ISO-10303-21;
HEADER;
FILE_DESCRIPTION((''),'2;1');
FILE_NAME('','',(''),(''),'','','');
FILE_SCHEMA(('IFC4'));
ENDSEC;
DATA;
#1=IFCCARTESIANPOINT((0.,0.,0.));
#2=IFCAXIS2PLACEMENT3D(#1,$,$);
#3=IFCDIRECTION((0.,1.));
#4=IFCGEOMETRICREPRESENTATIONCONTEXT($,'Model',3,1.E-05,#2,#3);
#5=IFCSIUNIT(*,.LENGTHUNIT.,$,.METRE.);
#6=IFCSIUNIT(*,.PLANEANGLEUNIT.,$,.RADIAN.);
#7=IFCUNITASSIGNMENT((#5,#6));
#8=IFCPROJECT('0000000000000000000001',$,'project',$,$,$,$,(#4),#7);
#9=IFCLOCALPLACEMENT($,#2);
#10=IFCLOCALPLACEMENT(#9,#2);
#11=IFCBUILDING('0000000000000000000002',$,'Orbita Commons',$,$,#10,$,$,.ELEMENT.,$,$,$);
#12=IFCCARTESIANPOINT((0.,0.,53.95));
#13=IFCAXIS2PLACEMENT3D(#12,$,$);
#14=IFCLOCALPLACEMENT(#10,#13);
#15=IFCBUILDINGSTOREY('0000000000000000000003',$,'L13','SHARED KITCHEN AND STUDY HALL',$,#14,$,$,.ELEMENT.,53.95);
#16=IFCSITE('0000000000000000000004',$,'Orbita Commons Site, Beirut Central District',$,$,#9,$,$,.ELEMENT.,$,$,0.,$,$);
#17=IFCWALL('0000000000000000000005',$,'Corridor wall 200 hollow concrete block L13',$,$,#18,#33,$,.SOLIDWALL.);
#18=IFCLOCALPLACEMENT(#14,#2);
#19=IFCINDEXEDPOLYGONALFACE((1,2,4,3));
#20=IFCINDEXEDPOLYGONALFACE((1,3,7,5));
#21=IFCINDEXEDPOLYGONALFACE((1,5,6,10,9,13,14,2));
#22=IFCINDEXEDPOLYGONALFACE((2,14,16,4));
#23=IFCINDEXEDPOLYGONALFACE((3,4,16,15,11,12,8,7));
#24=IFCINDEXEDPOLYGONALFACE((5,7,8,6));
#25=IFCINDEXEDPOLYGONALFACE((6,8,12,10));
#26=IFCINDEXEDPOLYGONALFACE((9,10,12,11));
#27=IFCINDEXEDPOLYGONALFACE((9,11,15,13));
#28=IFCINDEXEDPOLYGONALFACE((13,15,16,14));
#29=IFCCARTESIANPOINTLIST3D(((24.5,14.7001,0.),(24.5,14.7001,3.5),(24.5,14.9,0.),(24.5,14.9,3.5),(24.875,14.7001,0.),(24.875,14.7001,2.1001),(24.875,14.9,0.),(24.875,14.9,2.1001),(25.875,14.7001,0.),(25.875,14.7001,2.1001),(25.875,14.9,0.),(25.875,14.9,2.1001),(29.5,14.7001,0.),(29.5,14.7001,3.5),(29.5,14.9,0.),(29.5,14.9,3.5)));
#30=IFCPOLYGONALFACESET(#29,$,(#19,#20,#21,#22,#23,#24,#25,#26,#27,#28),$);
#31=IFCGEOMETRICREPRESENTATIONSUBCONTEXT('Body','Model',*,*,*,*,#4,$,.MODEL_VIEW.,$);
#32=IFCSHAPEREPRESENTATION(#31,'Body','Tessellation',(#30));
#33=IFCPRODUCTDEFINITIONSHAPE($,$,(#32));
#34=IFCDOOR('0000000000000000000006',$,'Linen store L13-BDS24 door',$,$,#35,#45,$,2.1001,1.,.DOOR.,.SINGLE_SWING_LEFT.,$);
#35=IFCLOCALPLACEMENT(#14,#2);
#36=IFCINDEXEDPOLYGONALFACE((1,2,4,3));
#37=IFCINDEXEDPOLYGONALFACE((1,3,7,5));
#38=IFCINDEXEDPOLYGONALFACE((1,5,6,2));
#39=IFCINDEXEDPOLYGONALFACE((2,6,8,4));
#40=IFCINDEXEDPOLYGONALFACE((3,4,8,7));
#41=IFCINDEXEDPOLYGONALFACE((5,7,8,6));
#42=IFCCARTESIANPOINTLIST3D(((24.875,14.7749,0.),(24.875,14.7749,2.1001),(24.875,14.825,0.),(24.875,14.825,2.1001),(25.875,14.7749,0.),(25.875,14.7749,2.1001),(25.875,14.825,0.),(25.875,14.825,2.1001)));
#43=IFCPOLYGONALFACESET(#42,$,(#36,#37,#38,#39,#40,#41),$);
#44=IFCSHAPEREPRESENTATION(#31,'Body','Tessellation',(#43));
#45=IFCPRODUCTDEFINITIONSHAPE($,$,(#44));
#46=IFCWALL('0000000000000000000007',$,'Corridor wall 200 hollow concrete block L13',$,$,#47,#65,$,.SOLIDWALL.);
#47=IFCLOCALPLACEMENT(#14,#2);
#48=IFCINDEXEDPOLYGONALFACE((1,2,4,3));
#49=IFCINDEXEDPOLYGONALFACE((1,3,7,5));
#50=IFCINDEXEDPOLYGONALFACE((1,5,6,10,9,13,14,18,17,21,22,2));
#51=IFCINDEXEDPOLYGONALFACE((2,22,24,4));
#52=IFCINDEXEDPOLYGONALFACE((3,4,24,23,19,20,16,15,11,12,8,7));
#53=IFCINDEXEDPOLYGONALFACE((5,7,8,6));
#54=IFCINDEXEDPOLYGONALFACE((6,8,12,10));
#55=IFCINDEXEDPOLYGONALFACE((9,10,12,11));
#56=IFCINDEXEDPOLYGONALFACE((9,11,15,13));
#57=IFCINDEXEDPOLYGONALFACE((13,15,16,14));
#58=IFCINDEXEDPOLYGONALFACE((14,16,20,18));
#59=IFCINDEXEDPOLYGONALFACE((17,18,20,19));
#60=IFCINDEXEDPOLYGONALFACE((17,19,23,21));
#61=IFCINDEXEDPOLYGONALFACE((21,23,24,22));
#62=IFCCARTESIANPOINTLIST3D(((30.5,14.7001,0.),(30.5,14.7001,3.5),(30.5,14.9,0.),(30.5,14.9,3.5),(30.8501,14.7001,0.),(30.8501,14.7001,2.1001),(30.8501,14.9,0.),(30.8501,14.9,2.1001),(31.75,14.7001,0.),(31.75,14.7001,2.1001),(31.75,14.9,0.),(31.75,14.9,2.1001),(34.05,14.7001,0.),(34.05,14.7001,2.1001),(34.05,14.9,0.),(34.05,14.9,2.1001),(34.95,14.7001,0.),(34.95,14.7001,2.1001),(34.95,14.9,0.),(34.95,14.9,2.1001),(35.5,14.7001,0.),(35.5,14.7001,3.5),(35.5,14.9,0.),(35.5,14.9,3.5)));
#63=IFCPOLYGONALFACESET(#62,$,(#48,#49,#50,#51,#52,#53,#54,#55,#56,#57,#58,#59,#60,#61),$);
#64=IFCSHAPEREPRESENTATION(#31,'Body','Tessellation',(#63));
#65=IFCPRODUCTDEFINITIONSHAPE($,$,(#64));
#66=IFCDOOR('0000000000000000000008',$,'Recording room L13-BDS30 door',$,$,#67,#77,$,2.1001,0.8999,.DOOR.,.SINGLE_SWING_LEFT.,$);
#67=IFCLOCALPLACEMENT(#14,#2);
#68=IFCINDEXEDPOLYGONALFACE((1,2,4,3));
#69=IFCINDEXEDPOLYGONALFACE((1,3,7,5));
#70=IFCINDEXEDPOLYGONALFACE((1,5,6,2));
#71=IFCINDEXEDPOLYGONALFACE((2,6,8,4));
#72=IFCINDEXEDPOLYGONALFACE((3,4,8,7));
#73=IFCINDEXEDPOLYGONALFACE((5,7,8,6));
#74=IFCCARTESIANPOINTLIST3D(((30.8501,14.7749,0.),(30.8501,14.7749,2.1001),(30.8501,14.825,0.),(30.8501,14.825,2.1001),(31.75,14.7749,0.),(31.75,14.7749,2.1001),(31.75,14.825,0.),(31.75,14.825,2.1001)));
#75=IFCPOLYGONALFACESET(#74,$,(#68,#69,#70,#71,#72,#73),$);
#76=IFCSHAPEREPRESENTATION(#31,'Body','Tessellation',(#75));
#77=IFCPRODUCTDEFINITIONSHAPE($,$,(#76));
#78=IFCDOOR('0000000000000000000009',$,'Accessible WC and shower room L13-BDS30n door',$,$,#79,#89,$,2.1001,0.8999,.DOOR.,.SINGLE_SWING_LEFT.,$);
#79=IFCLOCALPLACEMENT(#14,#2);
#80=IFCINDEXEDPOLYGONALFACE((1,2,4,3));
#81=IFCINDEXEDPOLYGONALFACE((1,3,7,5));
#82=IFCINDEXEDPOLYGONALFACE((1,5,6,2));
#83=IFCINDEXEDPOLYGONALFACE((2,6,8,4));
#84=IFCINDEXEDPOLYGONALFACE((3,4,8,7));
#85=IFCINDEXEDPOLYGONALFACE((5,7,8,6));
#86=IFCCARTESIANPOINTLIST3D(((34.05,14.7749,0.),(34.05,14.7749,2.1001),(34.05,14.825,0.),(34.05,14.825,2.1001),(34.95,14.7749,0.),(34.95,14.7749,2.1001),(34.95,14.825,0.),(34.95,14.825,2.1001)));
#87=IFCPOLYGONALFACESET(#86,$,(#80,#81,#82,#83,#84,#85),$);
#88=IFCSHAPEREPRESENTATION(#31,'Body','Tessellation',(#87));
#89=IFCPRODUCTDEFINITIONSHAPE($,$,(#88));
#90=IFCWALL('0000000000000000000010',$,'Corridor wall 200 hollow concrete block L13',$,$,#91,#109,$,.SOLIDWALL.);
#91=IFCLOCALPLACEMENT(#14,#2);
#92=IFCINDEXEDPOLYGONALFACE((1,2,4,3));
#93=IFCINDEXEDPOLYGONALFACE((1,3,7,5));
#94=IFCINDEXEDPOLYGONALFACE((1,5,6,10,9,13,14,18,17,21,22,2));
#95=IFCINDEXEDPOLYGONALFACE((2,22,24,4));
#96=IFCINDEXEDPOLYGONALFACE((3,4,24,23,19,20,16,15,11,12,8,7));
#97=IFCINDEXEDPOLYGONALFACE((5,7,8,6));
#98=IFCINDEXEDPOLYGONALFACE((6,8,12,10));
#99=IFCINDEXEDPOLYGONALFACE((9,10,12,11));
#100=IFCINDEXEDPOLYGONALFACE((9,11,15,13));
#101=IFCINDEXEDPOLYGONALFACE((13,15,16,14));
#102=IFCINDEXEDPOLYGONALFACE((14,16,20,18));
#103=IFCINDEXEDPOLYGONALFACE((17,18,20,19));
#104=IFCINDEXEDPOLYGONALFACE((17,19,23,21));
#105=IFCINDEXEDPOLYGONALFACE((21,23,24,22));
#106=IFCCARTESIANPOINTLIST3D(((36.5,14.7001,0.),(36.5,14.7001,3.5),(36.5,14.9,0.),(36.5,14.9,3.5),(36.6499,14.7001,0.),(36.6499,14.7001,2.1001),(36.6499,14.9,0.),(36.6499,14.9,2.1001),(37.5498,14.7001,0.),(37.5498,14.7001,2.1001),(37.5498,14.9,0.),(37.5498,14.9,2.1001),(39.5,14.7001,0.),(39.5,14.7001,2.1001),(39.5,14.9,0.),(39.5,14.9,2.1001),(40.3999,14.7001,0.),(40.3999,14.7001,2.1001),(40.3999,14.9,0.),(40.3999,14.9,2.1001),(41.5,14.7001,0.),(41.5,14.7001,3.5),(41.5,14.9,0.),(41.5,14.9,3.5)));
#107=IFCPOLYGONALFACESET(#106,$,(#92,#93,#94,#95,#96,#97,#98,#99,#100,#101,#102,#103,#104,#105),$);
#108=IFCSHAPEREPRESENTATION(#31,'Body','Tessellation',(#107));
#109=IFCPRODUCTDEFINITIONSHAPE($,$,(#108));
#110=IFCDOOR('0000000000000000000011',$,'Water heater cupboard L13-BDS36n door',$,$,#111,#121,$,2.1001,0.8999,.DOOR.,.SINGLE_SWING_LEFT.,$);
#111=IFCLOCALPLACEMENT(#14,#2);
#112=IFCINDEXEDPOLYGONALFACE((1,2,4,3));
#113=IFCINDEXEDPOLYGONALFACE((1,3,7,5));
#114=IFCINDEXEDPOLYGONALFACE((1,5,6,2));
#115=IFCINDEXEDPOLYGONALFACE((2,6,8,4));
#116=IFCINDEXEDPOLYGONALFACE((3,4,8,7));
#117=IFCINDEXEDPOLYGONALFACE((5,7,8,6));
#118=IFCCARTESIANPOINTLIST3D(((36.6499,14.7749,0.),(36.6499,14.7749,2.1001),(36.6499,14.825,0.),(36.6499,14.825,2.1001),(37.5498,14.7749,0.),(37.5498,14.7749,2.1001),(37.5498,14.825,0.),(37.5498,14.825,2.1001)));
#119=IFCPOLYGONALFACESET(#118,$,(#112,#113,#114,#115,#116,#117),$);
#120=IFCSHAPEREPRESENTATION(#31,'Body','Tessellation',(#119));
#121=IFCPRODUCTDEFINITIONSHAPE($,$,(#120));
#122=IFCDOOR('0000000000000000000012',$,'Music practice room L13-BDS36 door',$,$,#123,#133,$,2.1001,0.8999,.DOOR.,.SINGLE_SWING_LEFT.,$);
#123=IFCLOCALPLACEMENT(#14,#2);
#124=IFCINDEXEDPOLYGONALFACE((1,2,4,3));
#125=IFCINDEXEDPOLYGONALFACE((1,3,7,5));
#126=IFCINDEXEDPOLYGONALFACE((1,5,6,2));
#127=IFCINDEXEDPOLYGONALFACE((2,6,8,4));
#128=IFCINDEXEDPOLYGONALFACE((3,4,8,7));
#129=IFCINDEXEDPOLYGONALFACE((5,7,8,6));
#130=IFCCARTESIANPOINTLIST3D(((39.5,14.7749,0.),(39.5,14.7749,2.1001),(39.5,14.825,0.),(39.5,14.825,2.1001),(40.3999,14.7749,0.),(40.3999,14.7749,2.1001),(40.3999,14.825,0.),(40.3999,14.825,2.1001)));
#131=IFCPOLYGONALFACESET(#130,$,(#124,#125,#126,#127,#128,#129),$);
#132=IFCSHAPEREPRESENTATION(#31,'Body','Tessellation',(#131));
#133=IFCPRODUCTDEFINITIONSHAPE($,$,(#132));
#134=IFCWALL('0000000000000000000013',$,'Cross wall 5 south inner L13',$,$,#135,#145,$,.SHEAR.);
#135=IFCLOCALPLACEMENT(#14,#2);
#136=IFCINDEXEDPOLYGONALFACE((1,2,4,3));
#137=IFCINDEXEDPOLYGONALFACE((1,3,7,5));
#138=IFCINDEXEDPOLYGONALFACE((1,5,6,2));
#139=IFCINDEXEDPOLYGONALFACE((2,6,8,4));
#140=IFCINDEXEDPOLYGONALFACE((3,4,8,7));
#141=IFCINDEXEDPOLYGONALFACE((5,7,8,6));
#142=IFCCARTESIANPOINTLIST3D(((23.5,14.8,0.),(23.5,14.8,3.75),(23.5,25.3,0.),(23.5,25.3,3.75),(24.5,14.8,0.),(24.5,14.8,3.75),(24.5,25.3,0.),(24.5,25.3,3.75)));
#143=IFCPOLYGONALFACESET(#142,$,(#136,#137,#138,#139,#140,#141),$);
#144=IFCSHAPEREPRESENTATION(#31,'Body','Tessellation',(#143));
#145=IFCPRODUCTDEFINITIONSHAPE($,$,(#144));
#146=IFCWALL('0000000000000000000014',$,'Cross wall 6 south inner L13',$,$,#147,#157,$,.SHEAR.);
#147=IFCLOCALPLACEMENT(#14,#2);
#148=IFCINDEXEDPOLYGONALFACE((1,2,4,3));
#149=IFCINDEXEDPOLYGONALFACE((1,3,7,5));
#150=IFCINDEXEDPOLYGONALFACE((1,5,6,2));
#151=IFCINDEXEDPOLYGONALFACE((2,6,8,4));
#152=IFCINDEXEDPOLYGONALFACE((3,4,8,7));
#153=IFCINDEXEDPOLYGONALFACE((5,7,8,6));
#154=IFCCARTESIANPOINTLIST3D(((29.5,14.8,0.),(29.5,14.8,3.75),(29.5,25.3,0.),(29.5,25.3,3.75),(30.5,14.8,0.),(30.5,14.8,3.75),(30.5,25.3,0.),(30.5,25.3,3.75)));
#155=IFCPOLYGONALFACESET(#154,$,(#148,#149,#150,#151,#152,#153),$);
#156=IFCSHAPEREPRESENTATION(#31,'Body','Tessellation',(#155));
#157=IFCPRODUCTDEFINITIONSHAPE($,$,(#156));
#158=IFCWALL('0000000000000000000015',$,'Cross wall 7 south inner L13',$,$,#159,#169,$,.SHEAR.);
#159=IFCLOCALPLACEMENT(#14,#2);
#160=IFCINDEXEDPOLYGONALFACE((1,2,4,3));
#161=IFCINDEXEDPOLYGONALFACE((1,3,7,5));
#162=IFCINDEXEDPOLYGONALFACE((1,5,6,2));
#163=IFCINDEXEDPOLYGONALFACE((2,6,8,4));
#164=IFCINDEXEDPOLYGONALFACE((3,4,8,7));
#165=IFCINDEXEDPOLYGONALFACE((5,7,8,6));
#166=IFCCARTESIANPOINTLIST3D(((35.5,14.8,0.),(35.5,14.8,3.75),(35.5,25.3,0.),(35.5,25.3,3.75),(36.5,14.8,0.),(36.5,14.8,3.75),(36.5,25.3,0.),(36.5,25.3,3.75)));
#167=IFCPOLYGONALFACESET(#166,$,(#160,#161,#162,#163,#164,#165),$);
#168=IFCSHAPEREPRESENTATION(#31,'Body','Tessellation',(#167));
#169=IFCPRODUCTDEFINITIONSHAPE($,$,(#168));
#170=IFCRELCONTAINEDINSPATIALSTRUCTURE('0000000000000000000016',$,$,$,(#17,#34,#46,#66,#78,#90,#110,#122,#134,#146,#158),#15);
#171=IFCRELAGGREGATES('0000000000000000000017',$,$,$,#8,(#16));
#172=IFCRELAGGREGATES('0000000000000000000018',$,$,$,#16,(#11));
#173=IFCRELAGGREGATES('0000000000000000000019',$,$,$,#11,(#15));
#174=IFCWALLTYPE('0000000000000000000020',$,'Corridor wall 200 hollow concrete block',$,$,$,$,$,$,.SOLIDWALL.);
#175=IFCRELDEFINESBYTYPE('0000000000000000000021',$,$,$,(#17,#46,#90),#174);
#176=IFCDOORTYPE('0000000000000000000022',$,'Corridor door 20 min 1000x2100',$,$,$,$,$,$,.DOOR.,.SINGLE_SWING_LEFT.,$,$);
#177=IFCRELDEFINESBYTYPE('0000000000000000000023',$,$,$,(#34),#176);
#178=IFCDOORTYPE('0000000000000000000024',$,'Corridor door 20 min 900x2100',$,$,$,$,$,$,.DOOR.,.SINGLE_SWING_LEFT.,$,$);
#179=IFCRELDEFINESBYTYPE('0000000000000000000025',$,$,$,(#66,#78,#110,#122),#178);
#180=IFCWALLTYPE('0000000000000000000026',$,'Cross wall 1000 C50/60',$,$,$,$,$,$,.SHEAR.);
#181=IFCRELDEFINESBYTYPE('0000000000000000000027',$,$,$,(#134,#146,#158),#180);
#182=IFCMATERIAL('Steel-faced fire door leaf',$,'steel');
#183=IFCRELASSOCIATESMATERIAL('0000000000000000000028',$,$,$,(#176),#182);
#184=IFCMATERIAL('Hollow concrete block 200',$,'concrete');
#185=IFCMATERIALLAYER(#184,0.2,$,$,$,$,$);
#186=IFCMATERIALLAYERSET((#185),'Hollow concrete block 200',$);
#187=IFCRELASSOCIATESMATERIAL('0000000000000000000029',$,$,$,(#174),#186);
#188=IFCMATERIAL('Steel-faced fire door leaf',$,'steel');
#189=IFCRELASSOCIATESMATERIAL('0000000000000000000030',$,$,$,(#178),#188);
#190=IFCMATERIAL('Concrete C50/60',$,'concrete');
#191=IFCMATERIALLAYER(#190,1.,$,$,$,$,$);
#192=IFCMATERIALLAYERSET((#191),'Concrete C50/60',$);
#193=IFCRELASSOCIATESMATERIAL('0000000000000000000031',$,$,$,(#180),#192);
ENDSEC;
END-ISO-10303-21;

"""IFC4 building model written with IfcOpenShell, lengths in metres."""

from ifc_helpers import new_model, si_unit, direction, frame, frame_2d, origin, place, context, subcontext, project, spatial, rectangle, extrude, material, layer, layer_set, type_object, element, fill, save


model = new_model("IFC4")

# Units and contexts
model_context = context("Model", 3, precision=1e-05, world=origin(), true_north=direction((0.0, 1.0)))
body_context = subcontext(model_context, "Body", "Model", "MODEL_VIEW")
ifc_project = project(units=[si_unit("LENGTHUNIT", "METRE"), si_unit("PLANEANGLEUNIT", "RADIAN")], contexts=[model_context])

# Site, building, storey
site_placement = place(None, origin())
site = spatial("IfcSite", under=ifc_project, at=site_placement, Name="Orbita Commons Site, Beirut Central District", CompositionType="ELEMENT", RefElevation=0.0)
building_placement = place(site_placement, origin())
building = spatial("IfcBuilding", under=site, at=building_placement, Name="Orbita Commons", CompositionType="ELEMENT")
storey_placement = place(building_placement, frame((0.0, 0.0, 53.95)))
storey = spatial("IfcBuildingStorey", under=building, at=storey_placement, Name="L13", Description="SHARED KITCHEN AND STUDY HALL", CompositionType="ELEMENT", Elevation=53.95)

# Wall, opening, door
ifc_material_1 = material(Name="Steel-faced fire door leaf", Category="steel")
door_type_1 = type_object("IfcDoorType", Name="Corridor door 20 min 1000x2100", OperationType="SINGLE_SWING_LEFT", PredefinedType="DOOR", material=ifc_material_1)
ifc_material_2 = material(Name="Hollow concrete block 200", Category="concrete")
ifc_layer_1 = layer(ifc_material_2, 0.2)
ifc_layer_set_1 = layer_set([ifc_layer_1], Name="Hollow concrete block 200")
wall_type_1 = type_object("IfcWallType", Name="Corridor wall 200 hollow concrete block", PredefinedType="SOLIDWALL", material=ifc_layer_set_1)
wall_1_placement = place(storey_placement, frame((24.5, 14.8, 0.0), z_axis=(0.0, 0.0, 1.0), x_axis=(1.0, 0.0, 0.0)))
wall_1 = element("IfcWall", 1, at=wall_1_placement, inside=storey, type_object=wall_type_1, Name="Corridor wall 200 hollow concrete block L13", PredefinedType="SOLIDWALL", context=body_context, shape_type="SweptSolid", body=[
    extrude(rectangle(XDim=5.0, YDim=0.2, at=frame_2d((2.5, 0.0))), origin(), (0.0, 0.0, 1.0), 3.5),
])
opening_1_placement = place(wall_1_placement, frame((0.375, 0.0, 0.0)))
opening_1 = element("IfcOpeningElement", 2, at=opening_1_placement, cuts=wall_1, PredefinedType="OPENING", context=body_context, shape_type="SweptSolid", body=[
    extrude(rectangle(XDim=1.0, YDim=2.1001, at=frame_2d((0.5, 1.05))), frame((0.0, 0.1099, 0.0), z_axis=(0.0, -1.0, 0.0), x_axis=(1.0, 0.0, 0.0)), (0.0, 0.0, 1.0), 0.22),
])
door_1_placement = place(opening_1_placement, origin())
door_1 = element("IfcDoor", 3, at=door_1_placement, inside=storey, type_object=door_type_1, Name="Linen store L13-BDS24 door", OperationType="SINGLE_SWING_LEFT", OverallHeight=2.1001, OverallWidth=1.0, PredefinedType="DOOR", context=body_context, shape_type="SweptSolid", body=[
    extrude(rectangle(XDim=1.0, YDim=2.1001, at=frame_2d((0.5, 1.05))), frame((0.0, 0.0249, 0.0), z_axis=(0.0, -1.0, 0.0), x_axis=(1.0, 0.0, 0.0)), (0.0, 0.0, 1.0), 0.05),
])
fill(opening_1, door_1)

# Walls, openings, doors
wall_2_placement = place(storey_placement, frame((30.5, 14.8, 0.0), z_axis=(0.0, 0.0, 1.0), x_axis=(1.0, 0.0, 0.0)))
wall_2 = element("IfcWall", 4, at=wall_2_placement, inside=storey, type_object=wall_type_1, Name="Corridor wall 200 hollow concrete block L13", PredefinedType="SOLIDWALL", context=body_context, shape_type="SweptSolid", body=[
    extrude(rectangle(XDim=5.0, YDim=0.2, at=frame_2d((2.5, 0.0))), origin(), (0.0, 0.0, 1.0), 3.5),
])
opening_2_placement = place(wall_2_placement, frame((0.3501, 0.0, 0.0)))
opening_2 = element("IfcOpeningElement", 5, at=opening_2_placement, cuts=wall_2, PredefinedType="OPENING", context=body_context, shape_type="SweptSolid", body=[
    extrude(rectangle(XDim=0.8999, YDim=2.1001, at=frame_2d((0.45, 1.05))), frame((0.0, 0.1099, 0.0), z_axis=(0.0, -1.0, 0.0), x_axis=(1.0, 0.0, 0.0)), (0.0, 0.0, 1.0), 0.22),
])
opening_3_placement = place(wall_2_placement, frame((3.55, 0.0, 0.0)))
opening_3 = element("IfcOpeningElement", 6, at=opening_3_placement, cuts=wall_2, PredefinedType="OPENING", context=body_context, shape_type="SweptSolid", body=[
    extrude(rectangle(XDim=0.8999, YDim=2.1001, at=frame_2d((0.45, 1.05))), frame((0.0, 0.1099, 0.0), z_axis=(0.0, -1.0, 0.0), x_axis=(1.0, 0.0, 0.0)), (0.0, 0.0, 1.0), 0.22),
])
ifc_material_3 = material(Name="Steel-faced fire door leaf", Category="steel")
door_type_2 = type_object("IfcDoorType", Name="Corridor door 20 min 900x2100", OperationType="SINGLE_SWING_LEFT", PredefinedType="DOOR", material=ifc_material_3)
door_2_placement = place(opening_2_placement, origin())
door_2 = element("IfcDoor", 7, at=door_2_placement, inside=storey, type_object=door_type_2, Name="Recording room L13-BDS30 door", OperationType="SINGLE_SWING_LEFT", OverallHeight=2.1001, OverallWidth=0.8999, PredefinedType="DOOR", context=body_context, shape_type="SweptSolid", body=[
    extrude(rectangle(XDim=0.8999, YDim=2.1001, at=frame_2d((0.45, 1.05))), frame((0.0, 0.0249, 0.0), z_axis=(0.0, -1.0, 0.0), x_axis=(1.0, 0.0, 0.0)), (0.0, 0.0, 1.0), 0.05),
])
fill(opening_2, door_2)
door_3_placement = place(opening_3_placement, origin())
door_3 = element("IfcDoor", 8, at=door_3_placement, inside=storey, type_object=door_type_2, Name="Accessible WC and shower room L13-BDS30n door", OperationType="SINGLE_SWING_LEFT", OverallHeight=2.1001, OverallWidth=0.8999, PredefinedType="DOOR", context=body_context, shape_type="SweptSolid", body=[
    extrude(rectangle(XDim=0.8999, YDim=2.1001, at=frame_2d((0.45, 1.05))), frame((0.0, 0.0249, 0.0), z_axis=(0.0, -1.0, 0.0), x_axis=(1.0, 0.0, 0.0)), (0.0, 0.0, 1.0), 0.05),
])
fill(opening_3, door_3)
wall_3_placement = place(storey_placement, frame((36.5, 14.8, 0.0), z_axis=(0.0, 0.0, 1.0), x_axis=(1.0, 0.0, 0.0)))
wall_3 = element("IfcWall", 9, at=wall_3_placement, inside=storey, type_object=wall_type_1, Name="Corridor wall 200 hollow concrete block L13", PredefinedType="SOLIDWALL", context=body_context, shape_type="SweptSolid", body=[
    extrude(rectangle(XDim=5.0, YDim=0.2, at=frame_2d((2.5, 0.0))), origin(), (0.0, 0.0, 1.0), 3.5),
])
opening_4_placement = place(wall_3_placement, frame((0.1499, 0.0, 0.0)))
opening_4 = element("IfcOpeningElement", 10, at=opening_4_placement, cuts=wall_3, PredefinedType="OPENING", context=body_context, shape_type="SweptSolid", body=[
    extrude(rectangle(XDim=0.8999, YDim=2.1001, at=frame_2d((0.45, 1.05))), frame((0.0, 0.1099, 0.0), z_axis=(0.0, -1.0, 0.0), x_axis=(1.0, 0.0, 0.0)), (0.0, 0.0, 1.0), 0.22),
])
opening_5_placement = place(wall_3_placement, frame((3.0, 0.0, 0.0)))
opening_5 = element("IfcOpeningElement", 11, at=opening_5_placement, cuts=wall_3, PredefinedType="OPENING", context=body_context, shape_type="SweptSolid", body=[
    extrude(rectangle(XDim=0.8999, YDim=2.1001, at=frame_2d((0.45, 1.05))), frame((0.0, 0.1099, 0.0), z_axis=(0.0, -1.0, 0.0), x_axis=(1.0, 0.0, 0.0)), (0.0, 0.0, 1.0), 0.22),
])
door_4_placement = place(opening_4_placement, origin())
door_4 = element("IfcDoor", 12, at=door_4_placement, inside=storey, type_object=door_type_2, Name="Water heater cupboard L13-BDS36n door", OperationType="SINGLE_SWING_LEFT", OverallHeight=2.1001, OverallWidth=0.8999, PredefinedType="DOOR", context=body_context, shape_type="SweptSolid", body=[
    extrude(rectangle(XDim=0.8999, YDim=2.1001, at=frame_2d((0.45, 1.05))), frame((0.0, 0.0249, 0.0), z_axis=(0.0, -1.0, 0.0), x_axis=(1.0, 0.0, 0.0)), (0.0, 0.0, 1.0), 0.05),
])
fill(opening_4, door_4)
door_5_placement = place(opening_5_placement, origin())
door_5 = element("IfcDoor", 13, at=door_5_placement, inside=storey, type_object=door_type_2, Name="Music practice room L13-BDS36 door", OperationType="SINGLE_SWING_LEFT", OverallHeight=2.1001, OverallWidth=0.8999, PredefinedType="DOOR", context=body_context, shape_type="SweptSolid", body=[
    extrude(rectangle(XDim=0.8999, YDim=2.1001, at=frame_2d((0.45, 1.05))), frame((0.0, 0.0249, 0.0), z_axis=(0.0, -1.0, 0.0), x_axis=(1.0, 0.0, 0.0)), (0.0, 0.0, 1.0), 0.05),
])
fill(opening_5, door_5)

# Walls
ifc_material_4 = material(Name="Concrete C50/60", Category="concrete")
ifc_layer_2 = layer(ifc_material_4, 1.0)
ifc_layer_set_2 = layer_set([ifc_layer_2], Name="Concrete C50/60")
wall_type_2 = type_object("IfcWallType", Name="Cross wall 1000 C50/60", PredefinedType="SHEAR", material=ifc_layer_set_2)
for number, where, z_axis, x_axis, name in (
    (14, (24.0, 14.8, 0.0), (0.0, 0.0, 1.0), (0.0, 1.0, 0.0), "Cross wall 5 south inner L13"),
    (15, (30.0, 14.8, 0.0), (0.0, 0.0, 1.0), (0.0, 1.0, 0.0), "Cross wall 6 south inner L13"),
    (16, (36.0, 14.8, 0.0), (0.0, 0.0, 1.0), (0.0, 1.0, 0.0), "Cross wall 7 south inner L13"),
):
    element("IfcWall", number, at=place(storey_placement, frame(where, z_axis=z_axis, x_axis=x_axis)), inside=storey, type_object=wall_type_2, Name=name, PredefinedType="SHEAR", context=body_context, shape_type="SweptSolid", body=[
        extrude(rectangle(XDim=10.5, YDim=1.0, at=frame_2d((5.25, 0.0))), origin(), (0.0, 0.0, 1.0), 3.75),
    ])

save(model, "model.ifc")
